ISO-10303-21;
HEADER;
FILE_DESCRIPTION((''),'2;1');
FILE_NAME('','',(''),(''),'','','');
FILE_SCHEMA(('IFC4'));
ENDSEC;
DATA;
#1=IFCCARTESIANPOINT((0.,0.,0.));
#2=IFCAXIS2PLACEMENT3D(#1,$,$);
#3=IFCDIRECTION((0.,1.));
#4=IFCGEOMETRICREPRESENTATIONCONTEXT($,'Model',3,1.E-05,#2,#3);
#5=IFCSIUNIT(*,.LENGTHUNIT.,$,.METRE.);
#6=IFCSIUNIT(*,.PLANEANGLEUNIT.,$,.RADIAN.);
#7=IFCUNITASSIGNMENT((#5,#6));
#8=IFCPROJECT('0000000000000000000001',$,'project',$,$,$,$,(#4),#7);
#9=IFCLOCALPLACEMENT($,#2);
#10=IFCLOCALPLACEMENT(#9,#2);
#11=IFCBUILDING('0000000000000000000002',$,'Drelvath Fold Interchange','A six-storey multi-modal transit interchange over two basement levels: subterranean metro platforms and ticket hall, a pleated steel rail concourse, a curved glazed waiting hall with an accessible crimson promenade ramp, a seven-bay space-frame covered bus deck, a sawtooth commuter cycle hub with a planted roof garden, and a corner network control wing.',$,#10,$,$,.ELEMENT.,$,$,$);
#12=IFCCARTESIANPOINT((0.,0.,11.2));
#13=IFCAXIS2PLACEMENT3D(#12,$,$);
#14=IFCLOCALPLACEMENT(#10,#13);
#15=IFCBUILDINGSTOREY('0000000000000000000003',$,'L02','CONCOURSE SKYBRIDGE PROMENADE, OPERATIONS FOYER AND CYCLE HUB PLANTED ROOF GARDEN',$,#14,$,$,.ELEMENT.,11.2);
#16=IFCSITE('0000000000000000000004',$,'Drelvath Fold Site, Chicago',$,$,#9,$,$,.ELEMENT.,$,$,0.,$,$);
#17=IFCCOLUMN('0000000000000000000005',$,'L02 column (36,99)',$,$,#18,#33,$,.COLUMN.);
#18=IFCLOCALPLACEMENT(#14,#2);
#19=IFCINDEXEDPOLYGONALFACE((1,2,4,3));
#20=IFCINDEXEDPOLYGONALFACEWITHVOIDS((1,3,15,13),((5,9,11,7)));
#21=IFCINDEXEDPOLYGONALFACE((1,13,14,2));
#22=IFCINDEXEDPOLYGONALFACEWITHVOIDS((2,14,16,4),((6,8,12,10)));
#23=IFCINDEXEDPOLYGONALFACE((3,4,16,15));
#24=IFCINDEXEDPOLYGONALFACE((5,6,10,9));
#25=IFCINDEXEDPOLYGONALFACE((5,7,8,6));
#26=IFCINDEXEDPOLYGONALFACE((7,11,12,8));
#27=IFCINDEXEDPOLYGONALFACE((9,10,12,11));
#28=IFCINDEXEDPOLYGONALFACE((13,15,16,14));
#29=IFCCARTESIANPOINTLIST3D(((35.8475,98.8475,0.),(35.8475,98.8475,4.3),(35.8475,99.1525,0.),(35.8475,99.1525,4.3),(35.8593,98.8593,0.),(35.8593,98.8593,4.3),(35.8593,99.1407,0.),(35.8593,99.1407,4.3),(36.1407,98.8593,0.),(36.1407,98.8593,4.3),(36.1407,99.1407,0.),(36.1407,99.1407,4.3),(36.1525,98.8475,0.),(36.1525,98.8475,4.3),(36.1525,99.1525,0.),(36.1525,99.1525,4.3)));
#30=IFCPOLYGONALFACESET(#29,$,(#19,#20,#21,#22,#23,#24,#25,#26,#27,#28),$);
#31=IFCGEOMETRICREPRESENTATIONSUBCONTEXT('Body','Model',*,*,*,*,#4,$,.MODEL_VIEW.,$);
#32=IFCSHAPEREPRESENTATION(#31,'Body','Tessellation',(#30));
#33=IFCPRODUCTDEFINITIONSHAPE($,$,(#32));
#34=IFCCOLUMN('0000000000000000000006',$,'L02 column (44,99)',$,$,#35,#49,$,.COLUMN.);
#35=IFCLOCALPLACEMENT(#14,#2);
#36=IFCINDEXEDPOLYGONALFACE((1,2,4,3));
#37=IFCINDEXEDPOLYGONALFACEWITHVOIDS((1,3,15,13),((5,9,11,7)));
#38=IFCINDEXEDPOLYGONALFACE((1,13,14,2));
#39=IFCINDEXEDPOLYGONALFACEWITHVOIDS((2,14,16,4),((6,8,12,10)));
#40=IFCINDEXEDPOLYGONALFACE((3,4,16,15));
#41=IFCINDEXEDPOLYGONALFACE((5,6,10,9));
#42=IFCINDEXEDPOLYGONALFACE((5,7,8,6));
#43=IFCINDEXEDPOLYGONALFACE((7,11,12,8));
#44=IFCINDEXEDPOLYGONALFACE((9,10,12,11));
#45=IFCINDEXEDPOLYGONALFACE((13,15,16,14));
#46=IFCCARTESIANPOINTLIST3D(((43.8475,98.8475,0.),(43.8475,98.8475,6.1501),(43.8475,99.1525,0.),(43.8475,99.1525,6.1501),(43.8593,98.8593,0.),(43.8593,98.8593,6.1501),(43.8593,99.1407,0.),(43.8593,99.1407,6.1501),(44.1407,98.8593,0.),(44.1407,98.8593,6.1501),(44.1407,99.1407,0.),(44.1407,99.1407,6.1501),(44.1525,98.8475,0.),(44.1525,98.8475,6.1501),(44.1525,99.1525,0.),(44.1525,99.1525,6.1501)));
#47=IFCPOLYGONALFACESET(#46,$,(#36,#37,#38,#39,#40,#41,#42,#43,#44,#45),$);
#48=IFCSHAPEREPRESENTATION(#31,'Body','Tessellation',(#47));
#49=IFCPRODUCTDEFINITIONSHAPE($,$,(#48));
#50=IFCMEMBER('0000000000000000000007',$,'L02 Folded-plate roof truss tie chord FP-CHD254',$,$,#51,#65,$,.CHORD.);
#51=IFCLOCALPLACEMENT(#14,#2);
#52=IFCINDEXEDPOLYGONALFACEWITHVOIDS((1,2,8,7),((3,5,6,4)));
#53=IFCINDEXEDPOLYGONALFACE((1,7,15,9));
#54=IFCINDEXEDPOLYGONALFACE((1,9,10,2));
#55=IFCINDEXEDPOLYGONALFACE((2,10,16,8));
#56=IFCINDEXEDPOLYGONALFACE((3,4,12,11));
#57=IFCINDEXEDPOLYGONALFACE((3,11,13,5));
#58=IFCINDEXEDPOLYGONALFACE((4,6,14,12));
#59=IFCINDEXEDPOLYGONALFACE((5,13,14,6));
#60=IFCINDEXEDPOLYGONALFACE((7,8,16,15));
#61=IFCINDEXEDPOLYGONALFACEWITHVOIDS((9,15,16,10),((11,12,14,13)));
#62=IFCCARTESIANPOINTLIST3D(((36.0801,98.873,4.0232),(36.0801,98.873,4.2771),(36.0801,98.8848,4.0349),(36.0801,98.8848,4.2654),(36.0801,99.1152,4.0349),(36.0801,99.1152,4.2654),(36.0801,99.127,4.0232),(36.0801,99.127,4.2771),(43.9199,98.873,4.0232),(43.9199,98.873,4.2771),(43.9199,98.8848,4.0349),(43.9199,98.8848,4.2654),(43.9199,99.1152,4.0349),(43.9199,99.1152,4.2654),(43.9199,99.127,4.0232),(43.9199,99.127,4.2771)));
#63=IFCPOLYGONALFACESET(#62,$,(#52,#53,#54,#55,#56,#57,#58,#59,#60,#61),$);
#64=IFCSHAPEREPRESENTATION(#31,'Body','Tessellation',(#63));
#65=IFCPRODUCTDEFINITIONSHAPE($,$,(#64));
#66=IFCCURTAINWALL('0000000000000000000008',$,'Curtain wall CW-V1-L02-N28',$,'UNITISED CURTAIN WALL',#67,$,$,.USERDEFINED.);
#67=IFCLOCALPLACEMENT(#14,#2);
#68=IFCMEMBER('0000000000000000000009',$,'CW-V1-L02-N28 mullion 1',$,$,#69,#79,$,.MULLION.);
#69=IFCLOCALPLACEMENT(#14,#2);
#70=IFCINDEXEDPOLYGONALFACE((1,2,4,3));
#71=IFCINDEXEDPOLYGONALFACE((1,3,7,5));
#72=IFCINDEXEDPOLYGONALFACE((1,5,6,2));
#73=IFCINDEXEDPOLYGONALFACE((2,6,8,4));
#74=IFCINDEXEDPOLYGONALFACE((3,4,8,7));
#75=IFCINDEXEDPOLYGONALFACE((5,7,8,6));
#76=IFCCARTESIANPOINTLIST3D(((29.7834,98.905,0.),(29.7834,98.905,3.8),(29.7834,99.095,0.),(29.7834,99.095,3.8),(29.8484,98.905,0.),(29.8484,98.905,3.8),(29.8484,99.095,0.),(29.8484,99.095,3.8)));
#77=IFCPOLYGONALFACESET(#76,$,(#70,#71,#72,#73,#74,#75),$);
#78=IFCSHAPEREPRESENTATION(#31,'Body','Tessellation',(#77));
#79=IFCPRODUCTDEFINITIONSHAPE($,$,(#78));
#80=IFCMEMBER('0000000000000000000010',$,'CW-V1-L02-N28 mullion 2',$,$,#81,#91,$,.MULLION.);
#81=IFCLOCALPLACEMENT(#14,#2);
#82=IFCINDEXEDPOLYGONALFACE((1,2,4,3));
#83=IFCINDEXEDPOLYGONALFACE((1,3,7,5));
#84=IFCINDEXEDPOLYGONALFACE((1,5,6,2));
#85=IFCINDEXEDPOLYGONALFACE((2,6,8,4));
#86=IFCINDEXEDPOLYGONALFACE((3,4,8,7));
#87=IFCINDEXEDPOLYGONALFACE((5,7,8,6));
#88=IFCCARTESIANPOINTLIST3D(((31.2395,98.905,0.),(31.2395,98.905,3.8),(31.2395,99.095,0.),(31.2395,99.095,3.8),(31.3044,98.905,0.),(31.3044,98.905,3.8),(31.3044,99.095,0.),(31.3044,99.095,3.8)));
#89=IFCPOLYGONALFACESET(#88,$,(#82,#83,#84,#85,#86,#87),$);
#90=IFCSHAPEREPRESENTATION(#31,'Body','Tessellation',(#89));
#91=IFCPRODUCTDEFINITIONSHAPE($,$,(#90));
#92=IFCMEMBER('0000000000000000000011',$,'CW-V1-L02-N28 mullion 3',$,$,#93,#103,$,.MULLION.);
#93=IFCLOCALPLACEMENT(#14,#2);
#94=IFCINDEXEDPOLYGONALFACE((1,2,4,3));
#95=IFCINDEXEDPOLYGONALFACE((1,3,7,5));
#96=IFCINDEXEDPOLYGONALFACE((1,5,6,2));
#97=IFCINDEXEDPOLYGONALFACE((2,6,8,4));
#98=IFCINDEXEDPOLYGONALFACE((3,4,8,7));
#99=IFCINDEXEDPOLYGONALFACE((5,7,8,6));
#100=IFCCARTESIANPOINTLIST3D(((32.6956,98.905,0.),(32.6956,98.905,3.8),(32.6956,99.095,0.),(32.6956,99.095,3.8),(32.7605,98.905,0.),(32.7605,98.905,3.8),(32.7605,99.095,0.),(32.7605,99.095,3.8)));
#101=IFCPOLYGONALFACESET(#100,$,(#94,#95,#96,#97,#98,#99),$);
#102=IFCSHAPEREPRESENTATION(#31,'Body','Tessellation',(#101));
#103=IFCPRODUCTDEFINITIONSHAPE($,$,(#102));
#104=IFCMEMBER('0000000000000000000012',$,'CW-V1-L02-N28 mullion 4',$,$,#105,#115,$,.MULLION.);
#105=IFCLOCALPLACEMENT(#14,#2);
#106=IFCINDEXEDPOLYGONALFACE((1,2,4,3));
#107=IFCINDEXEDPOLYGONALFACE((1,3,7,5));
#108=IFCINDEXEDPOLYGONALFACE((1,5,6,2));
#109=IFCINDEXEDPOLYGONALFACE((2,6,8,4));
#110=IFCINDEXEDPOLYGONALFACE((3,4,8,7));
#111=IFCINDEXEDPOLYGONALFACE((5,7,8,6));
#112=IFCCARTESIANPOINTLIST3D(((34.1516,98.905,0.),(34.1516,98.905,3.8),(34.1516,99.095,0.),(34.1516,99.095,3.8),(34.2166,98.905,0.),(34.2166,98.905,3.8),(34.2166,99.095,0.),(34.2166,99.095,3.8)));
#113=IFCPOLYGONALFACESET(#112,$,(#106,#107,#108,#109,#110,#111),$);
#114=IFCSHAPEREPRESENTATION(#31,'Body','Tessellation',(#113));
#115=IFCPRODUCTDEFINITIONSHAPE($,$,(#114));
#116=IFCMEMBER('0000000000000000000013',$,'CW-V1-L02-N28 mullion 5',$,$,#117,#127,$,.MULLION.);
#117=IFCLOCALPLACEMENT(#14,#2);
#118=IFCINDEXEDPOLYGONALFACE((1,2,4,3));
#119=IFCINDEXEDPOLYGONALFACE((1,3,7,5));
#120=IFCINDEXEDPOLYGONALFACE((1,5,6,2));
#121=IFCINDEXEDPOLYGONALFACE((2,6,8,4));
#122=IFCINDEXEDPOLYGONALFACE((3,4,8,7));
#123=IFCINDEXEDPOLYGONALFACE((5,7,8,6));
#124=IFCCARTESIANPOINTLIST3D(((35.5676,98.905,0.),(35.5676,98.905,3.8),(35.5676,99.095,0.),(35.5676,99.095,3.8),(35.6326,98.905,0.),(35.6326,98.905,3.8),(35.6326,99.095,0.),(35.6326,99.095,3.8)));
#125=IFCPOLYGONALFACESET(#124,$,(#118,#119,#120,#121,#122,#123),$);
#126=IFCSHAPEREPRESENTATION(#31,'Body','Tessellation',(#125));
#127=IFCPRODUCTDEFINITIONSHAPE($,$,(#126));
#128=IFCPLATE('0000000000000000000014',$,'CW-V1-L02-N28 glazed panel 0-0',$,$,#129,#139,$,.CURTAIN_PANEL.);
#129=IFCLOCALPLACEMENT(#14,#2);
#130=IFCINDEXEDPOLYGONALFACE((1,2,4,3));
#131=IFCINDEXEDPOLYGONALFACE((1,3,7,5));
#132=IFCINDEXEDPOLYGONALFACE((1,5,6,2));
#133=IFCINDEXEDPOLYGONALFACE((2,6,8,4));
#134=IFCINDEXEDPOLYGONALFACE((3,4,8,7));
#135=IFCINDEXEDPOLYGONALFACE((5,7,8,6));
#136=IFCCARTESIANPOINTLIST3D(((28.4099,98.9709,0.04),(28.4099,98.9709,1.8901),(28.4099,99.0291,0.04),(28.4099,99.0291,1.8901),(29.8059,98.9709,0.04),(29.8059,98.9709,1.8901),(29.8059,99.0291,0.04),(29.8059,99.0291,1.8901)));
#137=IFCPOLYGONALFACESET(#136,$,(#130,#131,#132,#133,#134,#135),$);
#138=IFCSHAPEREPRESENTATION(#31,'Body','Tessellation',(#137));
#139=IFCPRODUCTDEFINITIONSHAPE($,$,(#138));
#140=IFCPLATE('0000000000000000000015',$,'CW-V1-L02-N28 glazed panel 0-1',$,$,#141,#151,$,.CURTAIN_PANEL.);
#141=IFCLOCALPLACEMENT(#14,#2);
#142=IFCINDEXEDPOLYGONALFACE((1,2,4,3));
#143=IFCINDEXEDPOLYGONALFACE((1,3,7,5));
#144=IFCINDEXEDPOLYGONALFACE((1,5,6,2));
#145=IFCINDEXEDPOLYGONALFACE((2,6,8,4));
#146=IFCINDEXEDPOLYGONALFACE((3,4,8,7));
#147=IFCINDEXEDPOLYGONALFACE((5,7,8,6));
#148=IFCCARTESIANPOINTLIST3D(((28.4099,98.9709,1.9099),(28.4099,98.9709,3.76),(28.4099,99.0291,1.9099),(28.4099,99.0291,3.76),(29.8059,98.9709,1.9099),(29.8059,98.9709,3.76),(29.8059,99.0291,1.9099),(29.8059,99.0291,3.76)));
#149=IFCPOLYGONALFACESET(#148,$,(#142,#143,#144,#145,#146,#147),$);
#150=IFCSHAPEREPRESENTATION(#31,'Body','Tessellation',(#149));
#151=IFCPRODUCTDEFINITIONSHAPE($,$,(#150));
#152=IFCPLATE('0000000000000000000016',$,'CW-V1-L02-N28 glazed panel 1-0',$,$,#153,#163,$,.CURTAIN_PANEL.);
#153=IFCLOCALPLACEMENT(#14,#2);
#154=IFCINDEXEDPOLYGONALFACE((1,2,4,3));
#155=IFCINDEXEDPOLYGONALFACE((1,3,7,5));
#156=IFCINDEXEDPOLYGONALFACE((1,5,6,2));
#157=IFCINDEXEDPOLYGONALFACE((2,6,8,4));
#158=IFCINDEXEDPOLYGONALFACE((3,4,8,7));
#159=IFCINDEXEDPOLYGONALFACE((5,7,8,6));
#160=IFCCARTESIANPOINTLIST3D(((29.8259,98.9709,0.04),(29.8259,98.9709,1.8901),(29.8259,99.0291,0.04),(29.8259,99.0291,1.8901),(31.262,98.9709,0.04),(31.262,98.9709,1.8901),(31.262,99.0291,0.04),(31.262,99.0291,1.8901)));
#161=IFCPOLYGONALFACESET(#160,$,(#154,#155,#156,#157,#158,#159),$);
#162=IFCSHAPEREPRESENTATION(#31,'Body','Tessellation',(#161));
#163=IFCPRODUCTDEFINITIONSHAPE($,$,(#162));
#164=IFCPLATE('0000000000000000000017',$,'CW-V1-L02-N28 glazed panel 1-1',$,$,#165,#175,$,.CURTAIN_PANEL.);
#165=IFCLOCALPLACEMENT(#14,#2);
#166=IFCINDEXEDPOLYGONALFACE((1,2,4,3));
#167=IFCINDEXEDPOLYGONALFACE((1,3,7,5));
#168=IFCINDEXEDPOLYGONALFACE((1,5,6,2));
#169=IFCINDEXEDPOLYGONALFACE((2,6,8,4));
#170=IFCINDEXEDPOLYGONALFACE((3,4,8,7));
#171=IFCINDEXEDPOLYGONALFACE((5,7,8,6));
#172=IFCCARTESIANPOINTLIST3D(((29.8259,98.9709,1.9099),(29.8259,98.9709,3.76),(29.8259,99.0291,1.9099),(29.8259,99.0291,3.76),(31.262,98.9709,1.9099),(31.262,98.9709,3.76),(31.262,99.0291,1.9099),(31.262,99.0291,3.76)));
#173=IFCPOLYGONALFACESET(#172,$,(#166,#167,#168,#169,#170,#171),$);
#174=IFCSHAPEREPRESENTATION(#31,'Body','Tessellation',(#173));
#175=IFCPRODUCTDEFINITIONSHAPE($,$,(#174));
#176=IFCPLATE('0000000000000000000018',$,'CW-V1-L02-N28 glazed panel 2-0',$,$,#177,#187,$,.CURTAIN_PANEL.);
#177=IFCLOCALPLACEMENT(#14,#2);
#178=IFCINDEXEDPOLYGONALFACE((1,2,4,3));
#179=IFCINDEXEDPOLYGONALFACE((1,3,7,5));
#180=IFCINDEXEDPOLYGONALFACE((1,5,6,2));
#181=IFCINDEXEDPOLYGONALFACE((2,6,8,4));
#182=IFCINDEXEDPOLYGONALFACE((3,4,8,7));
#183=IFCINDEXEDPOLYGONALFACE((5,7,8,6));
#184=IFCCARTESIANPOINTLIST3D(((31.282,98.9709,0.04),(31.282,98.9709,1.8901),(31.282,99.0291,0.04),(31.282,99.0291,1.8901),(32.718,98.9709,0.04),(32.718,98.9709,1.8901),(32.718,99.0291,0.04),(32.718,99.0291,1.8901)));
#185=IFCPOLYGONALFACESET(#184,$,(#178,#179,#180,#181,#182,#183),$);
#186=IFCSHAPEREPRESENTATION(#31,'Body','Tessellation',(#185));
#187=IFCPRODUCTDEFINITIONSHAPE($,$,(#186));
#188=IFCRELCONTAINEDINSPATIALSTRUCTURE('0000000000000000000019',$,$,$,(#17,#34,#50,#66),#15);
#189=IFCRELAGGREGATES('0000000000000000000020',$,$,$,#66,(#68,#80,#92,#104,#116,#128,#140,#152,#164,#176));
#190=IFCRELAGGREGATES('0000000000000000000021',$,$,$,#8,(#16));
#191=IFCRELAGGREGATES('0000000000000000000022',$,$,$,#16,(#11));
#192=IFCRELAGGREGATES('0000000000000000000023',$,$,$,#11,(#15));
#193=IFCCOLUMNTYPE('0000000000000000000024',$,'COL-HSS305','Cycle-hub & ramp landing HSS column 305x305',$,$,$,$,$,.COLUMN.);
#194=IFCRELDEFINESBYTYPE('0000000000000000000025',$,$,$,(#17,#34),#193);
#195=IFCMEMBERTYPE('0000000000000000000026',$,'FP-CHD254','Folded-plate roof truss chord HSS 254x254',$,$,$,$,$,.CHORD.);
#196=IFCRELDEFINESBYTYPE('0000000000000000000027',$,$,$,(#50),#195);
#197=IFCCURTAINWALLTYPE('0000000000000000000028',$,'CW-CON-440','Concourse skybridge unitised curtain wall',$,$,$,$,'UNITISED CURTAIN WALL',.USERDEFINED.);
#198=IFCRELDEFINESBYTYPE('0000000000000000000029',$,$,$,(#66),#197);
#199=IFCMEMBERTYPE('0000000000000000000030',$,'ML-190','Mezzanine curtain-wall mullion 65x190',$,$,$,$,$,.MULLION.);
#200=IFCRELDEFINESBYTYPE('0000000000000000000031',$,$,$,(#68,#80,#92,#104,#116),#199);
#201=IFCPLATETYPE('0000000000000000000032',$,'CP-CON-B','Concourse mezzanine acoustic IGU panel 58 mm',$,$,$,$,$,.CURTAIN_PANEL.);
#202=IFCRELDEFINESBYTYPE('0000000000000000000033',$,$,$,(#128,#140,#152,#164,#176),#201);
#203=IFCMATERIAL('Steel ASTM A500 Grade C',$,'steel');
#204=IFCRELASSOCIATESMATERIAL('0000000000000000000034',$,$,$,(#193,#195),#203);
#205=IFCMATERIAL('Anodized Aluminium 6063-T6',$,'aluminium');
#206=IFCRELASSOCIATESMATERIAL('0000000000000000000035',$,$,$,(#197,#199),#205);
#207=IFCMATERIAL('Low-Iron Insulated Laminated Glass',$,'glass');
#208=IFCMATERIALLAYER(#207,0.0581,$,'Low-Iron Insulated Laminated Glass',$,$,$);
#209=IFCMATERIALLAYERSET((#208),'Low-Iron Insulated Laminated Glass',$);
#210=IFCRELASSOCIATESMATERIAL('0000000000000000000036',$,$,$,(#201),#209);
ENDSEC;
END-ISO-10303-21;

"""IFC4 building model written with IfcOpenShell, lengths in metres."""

from ifc_helpers import new_model, si_unit, direction, frame, origin, origin_2d, place, context, subcontext, project, spatial, rectangle, hollow_rectangle, extrude, material, layer, layer_set, material_profile, profile_set, type_object, element, aggregate, save


model = new_model("IFC4")

# Units and contexts
model_context = context("Model", 3, precision=1e-05, world=origin(), true_north=direction((0.0, 1.0)))
body_context = subcontext(model_context, "Body", "Model", "MODEL_VIEW")
ifc_project = project(units=[si_unit("LENGTHUNIT", "METRE"), si_unit("PLANEANGLEUNIT", "RADIAN")], contexts=[model_context])

# Site, building, storey
site_placement = place(None, origin())
site = spatial("IfcSite", under=ifc_project, at=site_placement, Name="Drelvath Fold Site, Chicago", CompositionType="ELEMENT", RefElevation=0.0)
building_placement = place(site_placement, origin())
building = spatial("IfcBuilding", under=site, at=building_placement, Name="Drelvath Fold Interchange", Description="A six-storey multi-modal transit interchange over two basement levels: subterranean metro platforms and ticket hall, a pleated steel rail concourse, a curved glazed waiting hall with an accessible crimson promenade ramp, a seven-bay space-frame covered bus deck, a sawtooth commuter cycle hub with a planted roof garden, and a corner network control wing.", CompositionType="ELEMENT")
storey_placement = place(building_placement, frame((0.0, 0.0, 11.2)))
storey = spatial("IfcBuildingStorey", under=building, at=storey_placement, Name="L02", Description="CONCOURSE SKYBRIDGE PROMENADE, OPERATIONS FOYER AND CYCLE HUB PLANTED ROOF GARDEN", CompositionType="ELEMENT", Elevation=11.2)

# Columns
ifc_material_1 = material(Name="Steel ASTM A500 Grade C", Category="steel")
ifc_material_profile_1 = material_profile(ifc_material_1, hollow_rectangle(XDim=0.3049, YDim=0.3049, WallThickness=0.0117, at=origin_2d()), Name="HSS12X12X1/2")
ifc_profile_set_1 = profile_set([ifc_material_profile_1], Name="Steel ASTM A500 Grade C")
column_type = type_object("IfcColumnType", Name="COL-HSS305", Description="Cycle-hub & ramp landing HSS column 305x305", PredefinedType="COLUMN", material=ifc_profile_set_1)
column_1_placement = place(storey_placement, frame((36.0, 99.0, 0.0), z_axis=(0.0, 0.0, 1.0), x_axis=(1.0, 0.0, 0.0)))
element("IfcColumn", 1, at=column_1_placement, inside=storey, type_object=column_type, Name="L02 column (36,99)", PredefinedType="COLUMN", context=body_context, shape_type="SweptSolid", body=[
    extrude(hollow_rectangle(XDim=0.3049, YDim=0.3049, WallThickness=0.0117, at=origin_2d()), origin(), (0.0, 0.0, 1.0), 4.3),
])
column_2_placement = place(storey_placement, frame((44.0, 99.0, 0.0), z_axis=(0.0, 0.0, 1.0), x_axis=(1.0, 0.0, 0.0)))
element("IfcColumn", 2, at=column_2_placement, inside=storey, type_object=column_type, Name="L02 column (44,99)", PredefinedType="COLUMN", context=body_context, shape_type="SweptSolid", body=[
    extrude(hollow_rectangle(XDim=0.3049, YDim=0.3049, WallThickness=0.0117, at=origin_2d()), origin(), (0.0, 0.0, 1.0), 6.1501),
])

# Member
ifc_material_profile_2 = material_profile(ifc_material_1, hollow_rectangle(XDim=0.2539, YDim=0.2539, WallThickness=0.0117, at=origin_2d()), Name="HSS10X10X1/2")
ifc_profile_set_2 = profile_set([ifc_material_profile_2], Name="Steel ASTM A500 Grade C")
member_type_1 = type_object("IfcMemberType", Name="FP-CHD254", Description="Folded-plate roof truss chord HSS 254x254", PredefinedType="CHORD", material=ifc_profile_set_2)
member_1_placement = place(storey_placement, frame((36.0801, 99.0, 4.1501), z_axis=(1.0, 0.0, 0.0), x_axis=(0.0, 1.0, 0.0)))
element("IfcMember", 3, at=member_1_placement, inside=storey, type_object=member_type_1, Name="L02 Folded-plate roof truss tie chord FP-CHD254", PredefinedType="CHORD", context=body_context, shape_type="SweptSolid", body=[
    extrude(hollow_rectangle(XDim=0.2539, YDim=0.2539, WallThickness=0.0117, at=origin_2d()), origin(), (0.0, 0.0, 1.0), 7.8398),
])

# Curtain wall, members, plates
ifc_material_2 = material(Name="Anodized Aluminium 6063-T6", Category="aluminium")
curtain_wall_type = type_object("IfcCurtainWallType", Name="CW-CON-440", Description="Concourse skybridge unitised curtain wall", ElementType="UNITISED CURTAIN WALL", PredefinedType="USERDEFINED", material=ifc_material_2)
curtain_wall_placement = place(storey_placement, origin())
curtain_wall = element("IfcCurtainWall", 4, at=curtain_wall_placement, inside=storey, type_object=curtain_wall_type, Name="Curtain wall CW-V1-L02-N28", ObjectType="UNITISED CURTAIN WALL", PredefinedType="USERDEFINED")
ifc_material_profile_3 = material_profile(ifc_material_2, rectangle(XDim=0.0649, YDim=0.1899, at=origin_2d()), Name="AL-M 65x190")
ifc_profile_set_3 = profile_set([ifc_material_profile_3], Name="Anodized Aluminium 6063-T6")
member_type_2 = type_object("IfcMemberType", Name="ML-190", Description="Mezzanine curtain-wall mullion 65x190", PredefinedType="MULLION", material=ifc_profile_set_3)
member_2_placement = place(storey_placement, frame((29.8159, 99.0, 0.0), z_axis=(0.0, 0.0, 1.0), x_axis=(1.0, 0.0, 0.0)))
member_2 = element("IfcMember", 5, at=member_2_placement, type_object=member_type_2, Name="CW-V1-L02-N28 mullion 1", PredefinedType="MULLION", context=body_context, shape_type="SweptSolid", body=[
    extrude(rectangle(XDim=0.0649, YDim=0.1899, at=origin_2d()), origin(), (0.0, 0.0, 1.0), 3.8),
])
member_3_placement = place(storey_placement, frame((31.272, 99.0, 0.0), z_axis=(0.0, 0.0, 1.0), x_axis=(1.0, 0.0, 0.0)))
member_3 = element("IfcMember", 6, at=member_3_placement, type_object=member_type_2, Name="CW-V1-L02-N28 mullion 2", PredefinedType="MULLION", context=body_context, shape_type="SweptSolid", body=[
    extrude(rectangle(XDim=0.0649, YDim=0.1899, at=origin_2d()), origin(), (0.0, 0.0, 1.0), 3.8),
])
member_4_placement = place(storey_placement, frame((32.728, 99.0, 0.0), z_axis=(0.0, 0.0, 1.0), x_axis=(1.0, 0.0, 0.0)))
member_4 = element("IfcMember", 7, at=member_4_placement, type_object=member_type_2, Name="CW-V1-L02-N28 mullion 3", PredefinedType="MULLION", context=body_context, shape_type="SweptSolid", body=[
    extrude(rectangle(XDim=0.0649, YDim=0.1899, at=origin_2d()), origin(), (0.0, 0.0, 1.0), 3.8),
])
member_5_placement = place(storey_placement, frame((34.1841, 99.0, 0.0), z_axis=(0.0, 0.0, 1.0), x_axis=(1.0, 0.0, 0.0)))
member_5 = element("IfcMember", 8, at=member_5_placement, type_object=member_type_2, Name="CW-V1-L02-N28 mullion 4", PredefinedType="MULLION", context=body_context, shape_type="SweptSolid", body=[
    extrude(rectangle(XDim=0.0649, YDim=0.1899, at=origin_2d()), origin(), (0.0, 0.0, 1.0), 3.8),
])
member_6_placement = place(storey_placement, frame((35.6001, 99.0, 0.0), z_axis=(0.0, 0.0, 1.0), x_axis=(1.0, 0.0, 0.0)))
member_6 = element("IfcMember", 9, at=member_6_placement, type_object=member_type_2, Name="CW-V1-L02-N28 mullion 5", PredefinedType="MULLION", context=body_context, shape_type="SweptSolid", body=[
    extrude(rectangle(XDim=0.0649, YDim=0.1899, at=origin_2d()), origin(), (0.0, 0.0, 1.0), 3.8),
])
ifc_material_3 = material(Name="Low-Iron Insulated Laminated Glass", Category="glass")
ifc_layer_1 = layer(ifc_material_3, 0.0581, Name="Low-Iron Insulated Laminated Glass")
ifc_layer_set_1 = layer_set([ifc_layer_1], Name="Low-Iron Insulated Laminated Glass")
plate_type = type_object("IfcPlateType", Name="CP-CON-B", Description="Concourse mezzanine acoustic IGU panel 58 mm", PredefinedType="CURTAIN_PANEL", material=ifc_layer_set_1)
plate_1_placement = place(storey_placement, frame((29.1079, 99.0, 0.04), z_axis=(0.0, 0.0, 1.0), x_axis=(1.0, 0.0, 0.0)))
plate_1 = element("IfcPlate", 10, at=plate_1_placement, type_object=plate_type, Name="CW-V1-L02-N28 glazed panel 0-0", PredefinedType="CURTAIN_PANEL", context=body_context, shape_type="SweptSolid", body=[
    extrude(rectangle(XDim=1.396, YDim=0.0581, at=origin_2d()), origin(), (0.0, 0.0, 1.0), 1.8501),
])
plate_2_placement = place(storey_placement, frame((29.1079, 99.0, 1.9099), z_axis=(0.0, 0.0, 1.0), x_axis=(1.0, 0.0, 0.0)))
plate_2 = element("IfcPlate", 11, at=plate_2_placement, type_object=plate_type, Name="CW-V1-L02-N28 glazed panel 0-1", PredefinedType="CURTAIN_PANEL", context=body_context, shape_type="SweptSolid", body=[
    extrude(rectangle(XDim=1.396, YDim=0.0581, at=origin_2d()), origin(), (0.0, 0.0, 1.0), 1.8501),
])
plate_3_placement = place(storey_placement, frame((30.5439, 99.0, 0.04), z_axis=(0.0, 0.0, 1.0), x_axis=(1.0, 0.0, 0.0)))
plate_3 = element("IfcPlate", 12, at=plate_3_placement, type_object=plate_type, Name="CW-V1-L02-N28 glazed panel 1-0", PredefinedType="CURTAIN_PANEL", context=body_context, shape_type="SweptSolid", body=[
    extrude(rectangle(XDim=1.436, YDim=0.0581, at=origin_2d()), origin(), (0.0, 0.0, 1.0), 1.8501),
])
plate_4_placement = place(storey_placement, frame((30.5439, 99.0, 1.9099), z_axis=(0.0, 0.0, 1.0), x_axis=(1.0, 0.0, 0.0)))
plate_4 = element("IfcPlate", 13, at=plate_4_placement, type_object=plate_type, Name="CW-V1-L02-N28 glazed panel 1-1", PredefinedType="CURTAIN_PANEL", context=body_context, shape_type="SweptSolid", body=[
    extrude(rectangle(XDim=1.436, YDim=0.0581, at=origin_2d()), origin(), (0.0, 0.0, 1.0), 1.8501),
])
plate_5_placement = place(storey_placement, frame((32.0, 99.0, 0.04), z_axis=(0.0, 0.0, 1.0), x_axis=(1.0, 0.0, 0.0)))
plate_5 = element("IfcPlate", 14, at=plate_5_placement, type_object=plate_type, Name="CW-V1-L02-N28 glazed panel 2-0", PredefinedType="CURTAIN_PANEL", context=body_context, shape_type="SweptSolid", body=[
    extrude(rectangle(XDim=1.436, YDim=0.0581, at=origin_2d()), origin(), (0.0, 0.0, 1.0), 1.8501),
])
aggregate(curtain_wall, [member_2, member_3, member_4, member_5, member_6, plate_1, plate_2, plate_3, plate_4, plate_5])

save(model, "model.ifc")
